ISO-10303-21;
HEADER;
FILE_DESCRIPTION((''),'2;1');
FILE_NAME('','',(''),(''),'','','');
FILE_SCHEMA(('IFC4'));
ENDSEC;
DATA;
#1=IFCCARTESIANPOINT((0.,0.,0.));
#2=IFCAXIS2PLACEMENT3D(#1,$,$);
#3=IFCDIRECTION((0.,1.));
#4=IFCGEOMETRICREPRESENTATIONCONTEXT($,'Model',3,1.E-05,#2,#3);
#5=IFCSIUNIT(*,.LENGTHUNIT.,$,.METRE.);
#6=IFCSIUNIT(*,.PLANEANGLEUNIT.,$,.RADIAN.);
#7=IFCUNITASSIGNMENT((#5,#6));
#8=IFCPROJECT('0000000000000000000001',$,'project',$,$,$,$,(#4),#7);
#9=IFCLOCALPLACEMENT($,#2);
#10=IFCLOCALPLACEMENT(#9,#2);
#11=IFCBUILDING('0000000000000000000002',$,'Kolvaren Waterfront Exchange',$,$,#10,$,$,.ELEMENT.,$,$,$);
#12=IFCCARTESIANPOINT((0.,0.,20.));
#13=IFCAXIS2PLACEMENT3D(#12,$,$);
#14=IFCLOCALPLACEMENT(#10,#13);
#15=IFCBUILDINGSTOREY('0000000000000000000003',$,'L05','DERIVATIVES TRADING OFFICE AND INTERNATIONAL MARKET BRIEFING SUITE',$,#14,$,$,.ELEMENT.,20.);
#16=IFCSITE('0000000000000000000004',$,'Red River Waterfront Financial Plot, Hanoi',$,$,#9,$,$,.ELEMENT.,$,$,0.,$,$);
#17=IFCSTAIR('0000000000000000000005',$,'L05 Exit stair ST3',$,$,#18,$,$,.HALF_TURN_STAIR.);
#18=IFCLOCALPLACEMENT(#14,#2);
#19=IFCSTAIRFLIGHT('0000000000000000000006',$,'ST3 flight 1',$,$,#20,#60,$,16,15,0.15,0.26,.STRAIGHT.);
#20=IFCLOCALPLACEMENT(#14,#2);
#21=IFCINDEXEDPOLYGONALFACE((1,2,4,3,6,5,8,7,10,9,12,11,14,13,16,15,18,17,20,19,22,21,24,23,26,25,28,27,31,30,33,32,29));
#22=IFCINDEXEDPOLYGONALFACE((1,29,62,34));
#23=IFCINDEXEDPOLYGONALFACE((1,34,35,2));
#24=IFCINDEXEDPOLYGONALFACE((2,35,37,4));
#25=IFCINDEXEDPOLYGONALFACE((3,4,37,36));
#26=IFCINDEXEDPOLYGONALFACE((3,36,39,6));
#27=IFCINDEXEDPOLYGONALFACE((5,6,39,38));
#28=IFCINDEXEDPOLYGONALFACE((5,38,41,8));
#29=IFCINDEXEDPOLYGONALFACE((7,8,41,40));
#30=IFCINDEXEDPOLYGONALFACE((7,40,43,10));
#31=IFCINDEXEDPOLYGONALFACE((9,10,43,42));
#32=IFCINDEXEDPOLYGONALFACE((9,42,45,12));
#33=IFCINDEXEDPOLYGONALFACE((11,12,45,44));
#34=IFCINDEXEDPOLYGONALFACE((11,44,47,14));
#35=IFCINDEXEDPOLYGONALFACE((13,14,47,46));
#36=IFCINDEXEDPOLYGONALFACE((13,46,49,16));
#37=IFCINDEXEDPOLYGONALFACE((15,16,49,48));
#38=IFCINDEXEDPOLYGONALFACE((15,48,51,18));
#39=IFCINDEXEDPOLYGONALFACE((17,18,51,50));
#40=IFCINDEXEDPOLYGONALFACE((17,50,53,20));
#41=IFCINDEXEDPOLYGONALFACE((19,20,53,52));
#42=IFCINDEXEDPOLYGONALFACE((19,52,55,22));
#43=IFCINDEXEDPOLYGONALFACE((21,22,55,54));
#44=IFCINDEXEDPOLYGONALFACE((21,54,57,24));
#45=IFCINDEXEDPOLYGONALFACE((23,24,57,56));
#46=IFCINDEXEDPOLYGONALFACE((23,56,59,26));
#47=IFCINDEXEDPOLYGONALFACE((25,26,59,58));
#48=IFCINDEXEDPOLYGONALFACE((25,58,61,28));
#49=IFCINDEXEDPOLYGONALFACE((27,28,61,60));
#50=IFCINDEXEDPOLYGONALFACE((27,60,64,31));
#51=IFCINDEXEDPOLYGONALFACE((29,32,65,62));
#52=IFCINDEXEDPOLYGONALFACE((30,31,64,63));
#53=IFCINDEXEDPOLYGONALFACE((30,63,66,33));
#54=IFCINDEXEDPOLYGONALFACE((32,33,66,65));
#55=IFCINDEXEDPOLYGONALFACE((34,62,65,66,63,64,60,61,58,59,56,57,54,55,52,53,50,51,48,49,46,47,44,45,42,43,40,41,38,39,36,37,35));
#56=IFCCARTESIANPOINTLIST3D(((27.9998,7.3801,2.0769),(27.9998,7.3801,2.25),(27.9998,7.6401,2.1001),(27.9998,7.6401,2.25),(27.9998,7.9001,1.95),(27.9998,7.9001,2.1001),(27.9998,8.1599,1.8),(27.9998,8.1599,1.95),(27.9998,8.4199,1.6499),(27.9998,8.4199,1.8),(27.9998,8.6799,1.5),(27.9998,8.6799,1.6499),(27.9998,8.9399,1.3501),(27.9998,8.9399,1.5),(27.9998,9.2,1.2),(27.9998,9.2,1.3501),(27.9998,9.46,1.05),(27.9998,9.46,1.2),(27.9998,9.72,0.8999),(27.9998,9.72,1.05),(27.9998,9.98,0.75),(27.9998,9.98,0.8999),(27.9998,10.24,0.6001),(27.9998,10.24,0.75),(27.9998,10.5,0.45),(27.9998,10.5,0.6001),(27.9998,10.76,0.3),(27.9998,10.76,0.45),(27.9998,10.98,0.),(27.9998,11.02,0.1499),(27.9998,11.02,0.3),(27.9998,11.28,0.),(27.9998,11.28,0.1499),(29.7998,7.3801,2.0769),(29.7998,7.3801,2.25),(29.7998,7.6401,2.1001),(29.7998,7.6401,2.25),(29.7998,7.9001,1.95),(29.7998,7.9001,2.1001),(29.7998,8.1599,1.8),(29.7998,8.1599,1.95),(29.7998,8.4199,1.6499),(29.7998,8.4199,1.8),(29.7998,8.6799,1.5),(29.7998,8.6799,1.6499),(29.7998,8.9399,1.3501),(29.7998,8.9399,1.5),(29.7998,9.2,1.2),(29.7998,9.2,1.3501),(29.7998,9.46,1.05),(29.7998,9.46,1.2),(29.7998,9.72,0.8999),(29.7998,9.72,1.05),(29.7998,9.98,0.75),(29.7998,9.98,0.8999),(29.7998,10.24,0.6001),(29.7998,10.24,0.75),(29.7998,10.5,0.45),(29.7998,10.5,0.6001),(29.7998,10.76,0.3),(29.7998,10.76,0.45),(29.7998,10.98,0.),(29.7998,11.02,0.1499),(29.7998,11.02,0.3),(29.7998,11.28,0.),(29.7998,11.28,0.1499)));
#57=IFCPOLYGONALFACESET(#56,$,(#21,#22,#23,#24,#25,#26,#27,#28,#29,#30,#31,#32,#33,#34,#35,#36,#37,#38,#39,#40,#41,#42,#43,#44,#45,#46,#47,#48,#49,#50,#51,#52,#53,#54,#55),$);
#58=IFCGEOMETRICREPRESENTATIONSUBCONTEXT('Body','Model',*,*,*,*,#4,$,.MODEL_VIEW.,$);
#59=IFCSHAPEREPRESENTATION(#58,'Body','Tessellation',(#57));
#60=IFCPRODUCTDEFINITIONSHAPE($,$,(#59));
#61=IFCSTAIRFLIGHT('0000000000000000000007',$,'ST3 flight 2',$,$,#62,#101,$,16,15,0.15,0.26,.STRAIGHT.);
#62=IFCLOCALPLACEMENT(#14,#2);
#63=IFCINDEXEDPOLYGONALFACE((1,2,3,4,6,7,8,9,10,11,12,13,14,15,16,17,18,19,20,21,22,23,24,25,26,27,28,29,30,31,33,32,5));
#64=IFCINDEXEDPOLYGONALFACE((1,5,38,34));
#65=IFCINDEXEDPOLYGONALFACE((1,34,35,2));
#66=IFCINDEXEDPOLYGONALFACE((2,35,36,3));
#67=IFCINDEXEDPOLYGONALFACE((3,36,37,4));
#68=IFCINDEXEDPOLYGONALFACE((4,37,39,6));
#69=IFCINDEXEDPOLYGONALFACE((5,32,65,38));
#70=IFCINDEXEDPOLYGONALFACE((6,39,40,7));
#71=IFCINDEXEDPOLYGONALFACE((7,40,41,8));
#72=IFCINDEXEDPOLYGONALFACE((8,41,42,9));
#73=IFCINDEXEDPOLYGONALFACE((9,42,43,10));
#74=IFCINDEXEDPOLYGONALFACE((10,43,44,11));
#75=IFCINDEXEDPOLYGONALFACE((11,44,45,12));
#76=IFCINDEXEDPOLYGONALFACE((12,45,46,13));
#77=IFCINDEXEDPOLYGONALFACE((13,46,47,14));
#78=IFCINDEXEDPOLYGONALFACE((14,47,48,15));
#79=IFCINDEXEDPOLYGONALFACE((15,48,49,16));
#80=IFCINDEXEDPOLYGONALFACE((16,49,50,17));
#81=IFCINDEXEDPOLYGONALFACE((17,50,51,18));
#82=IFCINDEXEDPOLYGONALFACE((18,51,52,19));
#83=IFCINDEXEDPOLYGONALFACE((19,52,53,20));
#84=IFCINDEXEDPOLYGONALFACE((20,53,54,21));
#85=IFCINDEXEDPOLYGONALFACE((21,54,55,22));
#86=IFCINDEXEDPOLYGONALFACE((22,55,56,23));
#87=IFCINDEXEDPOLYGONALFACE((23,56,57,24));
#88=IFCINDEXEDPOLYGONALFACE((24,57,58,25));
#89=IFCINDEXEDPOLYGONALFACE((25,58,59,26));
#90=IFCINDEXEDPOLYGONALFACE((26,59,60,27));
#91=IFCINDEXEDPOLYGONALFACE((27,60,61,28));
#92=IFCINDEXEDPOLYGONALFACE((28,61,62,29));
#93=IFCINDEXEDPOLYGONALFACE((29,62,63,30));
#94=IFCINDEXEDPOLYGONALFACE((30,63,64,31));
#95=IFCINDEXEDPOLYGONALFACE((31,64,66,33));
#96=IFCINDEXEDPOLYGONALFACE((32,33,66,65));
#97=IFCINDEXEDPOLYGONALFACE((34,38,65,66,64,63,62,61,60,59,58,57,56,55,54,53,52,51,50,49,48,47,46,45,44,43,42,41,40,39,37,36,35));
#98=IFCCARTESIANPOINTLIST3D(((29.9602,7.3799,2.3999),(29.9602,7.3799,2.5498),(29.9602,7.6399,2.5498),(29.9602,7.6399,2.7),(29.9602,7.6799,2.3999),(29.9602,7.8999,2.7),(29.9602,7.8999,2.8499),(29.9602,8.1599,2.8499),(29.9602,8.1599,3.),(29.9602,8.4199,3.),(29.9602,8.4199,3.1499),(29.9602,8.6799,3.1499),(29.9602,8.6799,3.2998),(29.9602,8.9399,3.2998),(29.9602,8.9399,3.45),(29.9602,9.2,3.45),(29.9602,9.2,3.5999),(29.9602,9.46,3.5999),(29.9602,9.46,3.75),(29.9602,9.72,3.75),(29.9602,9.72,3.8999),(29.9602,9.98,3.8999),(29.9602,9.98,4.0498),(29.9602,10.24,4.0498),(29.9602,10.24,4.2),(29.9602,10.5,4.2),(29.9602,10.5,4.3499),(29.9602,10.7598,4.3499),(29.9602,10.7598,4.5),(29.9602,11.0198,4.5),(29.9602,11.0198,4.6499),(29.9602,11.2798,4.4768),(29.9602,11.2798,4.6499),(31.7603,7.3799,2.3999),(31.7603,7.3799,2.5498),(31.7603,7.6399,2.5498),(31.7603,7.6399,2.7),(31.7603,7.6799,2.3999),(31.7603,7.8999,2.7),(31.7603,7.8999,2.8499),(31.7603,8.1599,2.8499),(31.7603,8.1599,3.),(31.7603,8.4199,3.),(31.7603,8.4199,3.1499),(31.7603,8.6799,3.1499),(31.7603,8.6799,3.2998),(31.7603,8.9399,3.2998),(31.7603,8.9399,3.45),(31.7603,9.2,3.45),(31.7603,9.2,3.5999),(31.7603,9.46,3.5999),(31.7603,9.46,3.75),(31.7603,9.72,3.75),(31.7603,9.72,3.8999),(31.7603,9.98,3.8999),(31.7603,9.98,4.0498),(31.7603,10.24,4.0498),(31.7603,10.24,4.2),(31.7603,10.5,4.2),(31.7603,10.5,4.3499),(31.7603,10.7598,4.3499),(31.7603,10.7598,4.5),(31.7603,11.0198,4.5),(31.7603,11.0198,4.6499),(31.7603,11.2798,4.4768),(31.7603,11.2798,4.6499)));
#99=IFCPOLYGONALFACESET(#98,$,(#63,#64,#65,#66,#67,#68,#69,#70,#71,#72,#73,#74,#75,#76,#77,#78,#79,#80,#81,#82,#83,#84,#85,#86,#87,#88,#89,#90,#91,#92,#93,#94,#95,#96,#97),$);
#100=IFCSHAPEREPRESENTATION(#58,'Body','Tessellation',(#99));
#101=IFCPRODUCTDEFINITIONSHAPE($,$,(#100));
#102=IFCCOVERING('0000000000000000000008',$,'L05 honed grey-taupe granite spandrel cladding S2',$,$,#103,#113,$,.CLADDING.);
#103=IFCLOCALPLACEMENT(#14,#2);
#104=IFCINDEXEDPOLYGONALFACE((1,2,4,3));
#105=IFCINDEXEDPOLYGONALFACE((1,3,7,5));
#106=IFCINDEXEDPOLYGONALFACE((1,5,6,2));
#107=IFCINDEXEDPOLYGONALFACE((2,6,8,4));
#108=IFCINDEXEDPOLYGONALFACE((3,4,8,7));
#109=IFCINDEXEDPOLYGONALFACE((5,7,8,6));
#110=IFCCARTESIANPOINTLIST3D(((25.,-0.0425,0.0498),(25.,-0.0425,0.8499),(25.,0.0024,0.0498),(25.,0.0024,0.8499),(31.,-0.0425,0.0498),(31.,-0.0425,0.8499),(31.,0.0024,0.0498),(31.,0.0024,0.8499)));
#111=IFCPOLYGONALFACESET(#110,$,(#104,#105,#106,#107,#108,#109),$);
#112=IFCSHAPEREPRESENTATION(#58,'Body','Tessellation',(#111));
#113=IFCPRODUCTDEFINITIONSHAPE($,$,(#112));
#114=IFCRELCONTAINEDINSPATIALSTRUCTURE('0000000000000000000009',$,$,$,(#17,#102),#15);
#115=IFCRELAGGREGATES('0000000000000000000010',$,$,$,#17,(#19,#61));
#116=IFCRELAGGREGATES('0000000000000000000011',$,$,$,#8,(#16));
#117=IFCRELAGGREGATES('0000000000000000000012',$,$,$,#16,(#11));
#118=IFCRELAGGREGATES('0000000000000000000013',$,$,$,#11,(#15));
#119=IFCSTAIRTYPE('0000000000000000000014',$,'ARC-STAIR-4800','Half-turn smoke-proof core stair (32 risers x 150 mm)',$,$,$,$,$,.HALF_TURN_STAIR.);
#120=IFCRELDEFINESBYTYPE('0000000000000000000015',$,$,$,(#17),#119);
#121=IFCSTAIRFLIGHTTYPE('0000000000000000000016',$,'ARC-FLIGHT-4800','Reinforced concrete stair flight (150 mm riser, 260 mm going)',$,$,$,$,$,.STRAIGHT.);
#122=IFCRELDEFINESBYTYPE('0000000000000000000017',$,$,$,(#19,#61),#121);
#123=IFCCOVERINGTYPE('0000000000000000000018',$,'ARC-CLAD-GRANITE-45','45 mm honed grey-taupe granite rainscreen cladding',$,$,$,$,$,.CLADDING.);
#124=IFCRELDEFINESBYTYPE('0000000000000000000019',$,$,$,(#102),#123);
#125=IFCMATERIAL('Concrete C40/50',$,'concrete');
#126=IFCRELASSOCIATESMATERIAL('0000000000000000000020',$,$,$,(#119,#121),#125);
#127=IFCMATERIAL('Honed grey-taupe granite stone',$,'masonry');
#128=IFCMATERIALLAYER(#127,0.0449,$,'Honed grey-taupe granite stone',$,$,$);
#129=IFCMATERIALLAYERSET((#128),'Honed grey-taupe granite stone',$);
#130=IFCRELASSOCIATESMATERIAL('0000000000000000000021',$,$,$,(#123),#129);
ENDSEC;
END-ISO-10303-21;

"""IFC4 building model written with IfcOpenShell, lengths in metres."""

from ifc_helpers import new_model, si_unit, direction, frame, origin, origin_2d, place, context, subcontext, project, spatial, polyline, rectangle, outline, extrude, material, layer, layer_set, type_object, element, aggregate, save


model = new_model("IFC4")

# Units and contexts
model_context = context("Model", 3, precision=1e-05, world=origin(), true_north=direction((0.0, 1.0)))
body_context = subcontext(model_context, "Body", "Model", "MODEL_VIEW")
ifc_project = project(units=[si_unit("LENGTHUNIT", "METRE"), si_unit("PLANEANGLEUNIT", "RADIAN")], contexts=[model_context])

# Site, building, storey
site_placement = place(None, origin())
site = spatial("IfcSite", under=ifc_project, at=site_placement, Name="Red River Waterfront Financial Plot, Hanoi", CompositionType="ELEMENT", RefElevation=0.0)
building_placement = place(site_placement, origin())
building = spatial("IfcBuilding", under=site, at=building_placement, Name="Kolvaren Waterfront Exchange", CompositionType="ELEMENT")
storey_placement = place(building_placement, frame((0.0, 0.0, 20.0)))
storey = spatial("IfcBuildingStorey", under=building, at=storey_placement, Name="L05", Description="DERIVATIVES TRADING OFFICE AND INTERNATIONAL MARKET BRIEFING SUITE", CompositionType="ELEMENT", Elevation=20.0)

# Shared definitions
ifc_material_1 = material(Name="Concrete C40/50", Category="concrete")

# Stair, stair flights
stair_type = type_object("IfcStairType", Name="ARC-STAIR-4800", Description="Half-turn smoke-proof core stair (32 risers x 150 mm)", PredefinedType="HALF_TURN_STAIR", material=ifc_material_1)
stair_placement = place(storey_placement, origin())
stair = element("IfcStair", 1, at=stair_placement, inside=storey, type_object=stair_type, Name="L05 Exit stair ST3", PredefinedType="HALF_TURN_STAIR")
stair_flight_type = type_object("IfcStairFlightType", Name="ARC-FLIGHT-4800", Description="Reinforced concrete stair flight (150 mm riser, 260 mm going)", PredefinedType="STRAIGHT", material=ifc_material_1)
stair_flight_1_placement = place(storey_placement, frame((28.8999, 11.28, 0.0), z_axis=(0.0, 0.0, 1.0), x_axis=(0.0, -1.0, 0.0)))
stair_flight_1 = element("IfcStairFlight", 2, at=stair_flight_1_placement, type_object=stair_flight_type, Name="ST3 flight 1", NumberOfRisers=16, NumberOfTreads=15, PredefinedType="STRAIGHT", RiserHeight=0.15, TreadLength=0.26, context=body_context, shape_type="SweptSolid", body=[
    extrude(outline(polyline([(0.0, 0.0), (0.0, 0.1499), (0.26, 0.1499), (0.26, 0.3), (0.52, 0.3), (0.52, 0.45), (0.78, 0.45), (0.78, 0.6001), (1.04, 0.6001), (1.04, 0.75), (1.3, 0.75), (1.3, 0.8999), (1.5601, 0.8999), (1.5601, 1.05), (1.8201, 1.05), (1.8201, 1.2), (2.0801, 1.2), (2.0801, 1.3501), (2.3401, 1.3501), (2.3401, 1.5), (2.6001, 1.5), (2.6001, 1.6499), (2.8601, 1.6499), (2.8601, 1.8), (3.1201, 1.8), (3.1201, 1.95), (3.3799, 1.95), (3.3799, 2.1001), (3.6399, 2.1001), (3.6399, 2.25), (3.8999, 2.25), (3.8999, 2.3999), (3.8999, 2.0769), (0.3, 0.0), (0.0, 0.0)])), frame((0.0, 0.8999, 0.0), z_axis=(0.0, -1.0, 0.0), x_axis=(1.0, 0.0, 0.0)), (0.0, 0.0, 1.0), 1.8),
])
stair_flight_2_placement = place(storey_placement, frame((30.8601, 7.3799, 2.3999), z_axis=(0.0, 0.0, 1.0), x_axis=(0.0, 1.0, 0.0)))
stair_flight_2 = element("IfcStairFlight", 3, at=stair_flight_2_placement, type_object=stair_flight_type, Name="ST3 flight 2", NumberOfRisers=16, NumberOfTreads=15, PredefinedType="STRAIGHT", RiserHeight=0.15, TreadLength=0.26, context=body_context, shape_type="SweptSolid", body=[
    extrude(outline(polyline([(0.0, 0.0), (0.0, 0.1499), (0.26, 0.1499), (0.26, 0.3), (0.52, 0.3), (0.52, 0.45), (0.78, 0.45), (0.78, 0.6001), (1.04, 0.6001), (1.04, 0.75), (1.3, 0.75), (1.3, 0.8999), (1.5601, 0.8999), (1.5601, 1.05), (1.8201, 1.05), (1.8201, 1.2), (2.0801, 1.2), (2.0801, 1.3501), (2.3401, 1.3501), (2.3401, 1.5), (2.6001, 1.5), (2.6001, 1.6499), (2.8601, 1.6499), (2.8601, 1.8), (3.1201, 1.8), (3.1201, 1.95), (3.3799, 1.95), (3.3799, 2.1001), (3.6399, 2.1001), (3.6399, 2.25), (3.8999, 2.25), (3.8999, 2.3999), (3.8999, 2.0769), (0.3, 0.0), (0.0, 0.0)])), frame((0.0, 0.8999, 0.0), z_axis=(0.0, -1.0, 0.0), x_axis=(1.0, 0.0, 0.0)), (0.0, 0.0, 1.0), 1.8),
])
aggregate(stair, [stair_flight_1, stair_flight_2])

# Covering
ifc_material_2 = material(Name="Honed grey-taupe granite stone", Category="masonry")
ifc_layer_1 = layer(ifc_material_2, 0.0449, Name="Honed grey-taupe granite stone")
ifc_layer_set_1 = layer_set([ifc_layer_1], Name="Honed grey-taupe granite stone")
covering_type = type_object("IfcCoveringType", Name="ARC-CLAD-GRANITE-45", Description="45 mm honed grey-taupe granite rainscreen cladding", PredefinedType="CLADDING", material=ifc_layer_set_1)
covering_placement = place(storey_placement, frame((28.0, -0.02, 0.0498), z_axis=(0.0, 0.0, 1.0), x_axis=(1.0, 0.0, 0.0)))
element("IfcCovering", 4, at=covering_placement, inside=storey, type_object=covering_type, Name="L05 honed grey-taupe granite spandrel cladding S2", PredefinedType="CLADDING", context=body_context, shape_type="SweptSolid", body=[
    extrude(rectangle(XDim=6.0, YDim=0.0449, at=origin_2d()), origin(), (0.0, 0.0, 1.0), 0.8),
])

save(model, "model.ifc")
